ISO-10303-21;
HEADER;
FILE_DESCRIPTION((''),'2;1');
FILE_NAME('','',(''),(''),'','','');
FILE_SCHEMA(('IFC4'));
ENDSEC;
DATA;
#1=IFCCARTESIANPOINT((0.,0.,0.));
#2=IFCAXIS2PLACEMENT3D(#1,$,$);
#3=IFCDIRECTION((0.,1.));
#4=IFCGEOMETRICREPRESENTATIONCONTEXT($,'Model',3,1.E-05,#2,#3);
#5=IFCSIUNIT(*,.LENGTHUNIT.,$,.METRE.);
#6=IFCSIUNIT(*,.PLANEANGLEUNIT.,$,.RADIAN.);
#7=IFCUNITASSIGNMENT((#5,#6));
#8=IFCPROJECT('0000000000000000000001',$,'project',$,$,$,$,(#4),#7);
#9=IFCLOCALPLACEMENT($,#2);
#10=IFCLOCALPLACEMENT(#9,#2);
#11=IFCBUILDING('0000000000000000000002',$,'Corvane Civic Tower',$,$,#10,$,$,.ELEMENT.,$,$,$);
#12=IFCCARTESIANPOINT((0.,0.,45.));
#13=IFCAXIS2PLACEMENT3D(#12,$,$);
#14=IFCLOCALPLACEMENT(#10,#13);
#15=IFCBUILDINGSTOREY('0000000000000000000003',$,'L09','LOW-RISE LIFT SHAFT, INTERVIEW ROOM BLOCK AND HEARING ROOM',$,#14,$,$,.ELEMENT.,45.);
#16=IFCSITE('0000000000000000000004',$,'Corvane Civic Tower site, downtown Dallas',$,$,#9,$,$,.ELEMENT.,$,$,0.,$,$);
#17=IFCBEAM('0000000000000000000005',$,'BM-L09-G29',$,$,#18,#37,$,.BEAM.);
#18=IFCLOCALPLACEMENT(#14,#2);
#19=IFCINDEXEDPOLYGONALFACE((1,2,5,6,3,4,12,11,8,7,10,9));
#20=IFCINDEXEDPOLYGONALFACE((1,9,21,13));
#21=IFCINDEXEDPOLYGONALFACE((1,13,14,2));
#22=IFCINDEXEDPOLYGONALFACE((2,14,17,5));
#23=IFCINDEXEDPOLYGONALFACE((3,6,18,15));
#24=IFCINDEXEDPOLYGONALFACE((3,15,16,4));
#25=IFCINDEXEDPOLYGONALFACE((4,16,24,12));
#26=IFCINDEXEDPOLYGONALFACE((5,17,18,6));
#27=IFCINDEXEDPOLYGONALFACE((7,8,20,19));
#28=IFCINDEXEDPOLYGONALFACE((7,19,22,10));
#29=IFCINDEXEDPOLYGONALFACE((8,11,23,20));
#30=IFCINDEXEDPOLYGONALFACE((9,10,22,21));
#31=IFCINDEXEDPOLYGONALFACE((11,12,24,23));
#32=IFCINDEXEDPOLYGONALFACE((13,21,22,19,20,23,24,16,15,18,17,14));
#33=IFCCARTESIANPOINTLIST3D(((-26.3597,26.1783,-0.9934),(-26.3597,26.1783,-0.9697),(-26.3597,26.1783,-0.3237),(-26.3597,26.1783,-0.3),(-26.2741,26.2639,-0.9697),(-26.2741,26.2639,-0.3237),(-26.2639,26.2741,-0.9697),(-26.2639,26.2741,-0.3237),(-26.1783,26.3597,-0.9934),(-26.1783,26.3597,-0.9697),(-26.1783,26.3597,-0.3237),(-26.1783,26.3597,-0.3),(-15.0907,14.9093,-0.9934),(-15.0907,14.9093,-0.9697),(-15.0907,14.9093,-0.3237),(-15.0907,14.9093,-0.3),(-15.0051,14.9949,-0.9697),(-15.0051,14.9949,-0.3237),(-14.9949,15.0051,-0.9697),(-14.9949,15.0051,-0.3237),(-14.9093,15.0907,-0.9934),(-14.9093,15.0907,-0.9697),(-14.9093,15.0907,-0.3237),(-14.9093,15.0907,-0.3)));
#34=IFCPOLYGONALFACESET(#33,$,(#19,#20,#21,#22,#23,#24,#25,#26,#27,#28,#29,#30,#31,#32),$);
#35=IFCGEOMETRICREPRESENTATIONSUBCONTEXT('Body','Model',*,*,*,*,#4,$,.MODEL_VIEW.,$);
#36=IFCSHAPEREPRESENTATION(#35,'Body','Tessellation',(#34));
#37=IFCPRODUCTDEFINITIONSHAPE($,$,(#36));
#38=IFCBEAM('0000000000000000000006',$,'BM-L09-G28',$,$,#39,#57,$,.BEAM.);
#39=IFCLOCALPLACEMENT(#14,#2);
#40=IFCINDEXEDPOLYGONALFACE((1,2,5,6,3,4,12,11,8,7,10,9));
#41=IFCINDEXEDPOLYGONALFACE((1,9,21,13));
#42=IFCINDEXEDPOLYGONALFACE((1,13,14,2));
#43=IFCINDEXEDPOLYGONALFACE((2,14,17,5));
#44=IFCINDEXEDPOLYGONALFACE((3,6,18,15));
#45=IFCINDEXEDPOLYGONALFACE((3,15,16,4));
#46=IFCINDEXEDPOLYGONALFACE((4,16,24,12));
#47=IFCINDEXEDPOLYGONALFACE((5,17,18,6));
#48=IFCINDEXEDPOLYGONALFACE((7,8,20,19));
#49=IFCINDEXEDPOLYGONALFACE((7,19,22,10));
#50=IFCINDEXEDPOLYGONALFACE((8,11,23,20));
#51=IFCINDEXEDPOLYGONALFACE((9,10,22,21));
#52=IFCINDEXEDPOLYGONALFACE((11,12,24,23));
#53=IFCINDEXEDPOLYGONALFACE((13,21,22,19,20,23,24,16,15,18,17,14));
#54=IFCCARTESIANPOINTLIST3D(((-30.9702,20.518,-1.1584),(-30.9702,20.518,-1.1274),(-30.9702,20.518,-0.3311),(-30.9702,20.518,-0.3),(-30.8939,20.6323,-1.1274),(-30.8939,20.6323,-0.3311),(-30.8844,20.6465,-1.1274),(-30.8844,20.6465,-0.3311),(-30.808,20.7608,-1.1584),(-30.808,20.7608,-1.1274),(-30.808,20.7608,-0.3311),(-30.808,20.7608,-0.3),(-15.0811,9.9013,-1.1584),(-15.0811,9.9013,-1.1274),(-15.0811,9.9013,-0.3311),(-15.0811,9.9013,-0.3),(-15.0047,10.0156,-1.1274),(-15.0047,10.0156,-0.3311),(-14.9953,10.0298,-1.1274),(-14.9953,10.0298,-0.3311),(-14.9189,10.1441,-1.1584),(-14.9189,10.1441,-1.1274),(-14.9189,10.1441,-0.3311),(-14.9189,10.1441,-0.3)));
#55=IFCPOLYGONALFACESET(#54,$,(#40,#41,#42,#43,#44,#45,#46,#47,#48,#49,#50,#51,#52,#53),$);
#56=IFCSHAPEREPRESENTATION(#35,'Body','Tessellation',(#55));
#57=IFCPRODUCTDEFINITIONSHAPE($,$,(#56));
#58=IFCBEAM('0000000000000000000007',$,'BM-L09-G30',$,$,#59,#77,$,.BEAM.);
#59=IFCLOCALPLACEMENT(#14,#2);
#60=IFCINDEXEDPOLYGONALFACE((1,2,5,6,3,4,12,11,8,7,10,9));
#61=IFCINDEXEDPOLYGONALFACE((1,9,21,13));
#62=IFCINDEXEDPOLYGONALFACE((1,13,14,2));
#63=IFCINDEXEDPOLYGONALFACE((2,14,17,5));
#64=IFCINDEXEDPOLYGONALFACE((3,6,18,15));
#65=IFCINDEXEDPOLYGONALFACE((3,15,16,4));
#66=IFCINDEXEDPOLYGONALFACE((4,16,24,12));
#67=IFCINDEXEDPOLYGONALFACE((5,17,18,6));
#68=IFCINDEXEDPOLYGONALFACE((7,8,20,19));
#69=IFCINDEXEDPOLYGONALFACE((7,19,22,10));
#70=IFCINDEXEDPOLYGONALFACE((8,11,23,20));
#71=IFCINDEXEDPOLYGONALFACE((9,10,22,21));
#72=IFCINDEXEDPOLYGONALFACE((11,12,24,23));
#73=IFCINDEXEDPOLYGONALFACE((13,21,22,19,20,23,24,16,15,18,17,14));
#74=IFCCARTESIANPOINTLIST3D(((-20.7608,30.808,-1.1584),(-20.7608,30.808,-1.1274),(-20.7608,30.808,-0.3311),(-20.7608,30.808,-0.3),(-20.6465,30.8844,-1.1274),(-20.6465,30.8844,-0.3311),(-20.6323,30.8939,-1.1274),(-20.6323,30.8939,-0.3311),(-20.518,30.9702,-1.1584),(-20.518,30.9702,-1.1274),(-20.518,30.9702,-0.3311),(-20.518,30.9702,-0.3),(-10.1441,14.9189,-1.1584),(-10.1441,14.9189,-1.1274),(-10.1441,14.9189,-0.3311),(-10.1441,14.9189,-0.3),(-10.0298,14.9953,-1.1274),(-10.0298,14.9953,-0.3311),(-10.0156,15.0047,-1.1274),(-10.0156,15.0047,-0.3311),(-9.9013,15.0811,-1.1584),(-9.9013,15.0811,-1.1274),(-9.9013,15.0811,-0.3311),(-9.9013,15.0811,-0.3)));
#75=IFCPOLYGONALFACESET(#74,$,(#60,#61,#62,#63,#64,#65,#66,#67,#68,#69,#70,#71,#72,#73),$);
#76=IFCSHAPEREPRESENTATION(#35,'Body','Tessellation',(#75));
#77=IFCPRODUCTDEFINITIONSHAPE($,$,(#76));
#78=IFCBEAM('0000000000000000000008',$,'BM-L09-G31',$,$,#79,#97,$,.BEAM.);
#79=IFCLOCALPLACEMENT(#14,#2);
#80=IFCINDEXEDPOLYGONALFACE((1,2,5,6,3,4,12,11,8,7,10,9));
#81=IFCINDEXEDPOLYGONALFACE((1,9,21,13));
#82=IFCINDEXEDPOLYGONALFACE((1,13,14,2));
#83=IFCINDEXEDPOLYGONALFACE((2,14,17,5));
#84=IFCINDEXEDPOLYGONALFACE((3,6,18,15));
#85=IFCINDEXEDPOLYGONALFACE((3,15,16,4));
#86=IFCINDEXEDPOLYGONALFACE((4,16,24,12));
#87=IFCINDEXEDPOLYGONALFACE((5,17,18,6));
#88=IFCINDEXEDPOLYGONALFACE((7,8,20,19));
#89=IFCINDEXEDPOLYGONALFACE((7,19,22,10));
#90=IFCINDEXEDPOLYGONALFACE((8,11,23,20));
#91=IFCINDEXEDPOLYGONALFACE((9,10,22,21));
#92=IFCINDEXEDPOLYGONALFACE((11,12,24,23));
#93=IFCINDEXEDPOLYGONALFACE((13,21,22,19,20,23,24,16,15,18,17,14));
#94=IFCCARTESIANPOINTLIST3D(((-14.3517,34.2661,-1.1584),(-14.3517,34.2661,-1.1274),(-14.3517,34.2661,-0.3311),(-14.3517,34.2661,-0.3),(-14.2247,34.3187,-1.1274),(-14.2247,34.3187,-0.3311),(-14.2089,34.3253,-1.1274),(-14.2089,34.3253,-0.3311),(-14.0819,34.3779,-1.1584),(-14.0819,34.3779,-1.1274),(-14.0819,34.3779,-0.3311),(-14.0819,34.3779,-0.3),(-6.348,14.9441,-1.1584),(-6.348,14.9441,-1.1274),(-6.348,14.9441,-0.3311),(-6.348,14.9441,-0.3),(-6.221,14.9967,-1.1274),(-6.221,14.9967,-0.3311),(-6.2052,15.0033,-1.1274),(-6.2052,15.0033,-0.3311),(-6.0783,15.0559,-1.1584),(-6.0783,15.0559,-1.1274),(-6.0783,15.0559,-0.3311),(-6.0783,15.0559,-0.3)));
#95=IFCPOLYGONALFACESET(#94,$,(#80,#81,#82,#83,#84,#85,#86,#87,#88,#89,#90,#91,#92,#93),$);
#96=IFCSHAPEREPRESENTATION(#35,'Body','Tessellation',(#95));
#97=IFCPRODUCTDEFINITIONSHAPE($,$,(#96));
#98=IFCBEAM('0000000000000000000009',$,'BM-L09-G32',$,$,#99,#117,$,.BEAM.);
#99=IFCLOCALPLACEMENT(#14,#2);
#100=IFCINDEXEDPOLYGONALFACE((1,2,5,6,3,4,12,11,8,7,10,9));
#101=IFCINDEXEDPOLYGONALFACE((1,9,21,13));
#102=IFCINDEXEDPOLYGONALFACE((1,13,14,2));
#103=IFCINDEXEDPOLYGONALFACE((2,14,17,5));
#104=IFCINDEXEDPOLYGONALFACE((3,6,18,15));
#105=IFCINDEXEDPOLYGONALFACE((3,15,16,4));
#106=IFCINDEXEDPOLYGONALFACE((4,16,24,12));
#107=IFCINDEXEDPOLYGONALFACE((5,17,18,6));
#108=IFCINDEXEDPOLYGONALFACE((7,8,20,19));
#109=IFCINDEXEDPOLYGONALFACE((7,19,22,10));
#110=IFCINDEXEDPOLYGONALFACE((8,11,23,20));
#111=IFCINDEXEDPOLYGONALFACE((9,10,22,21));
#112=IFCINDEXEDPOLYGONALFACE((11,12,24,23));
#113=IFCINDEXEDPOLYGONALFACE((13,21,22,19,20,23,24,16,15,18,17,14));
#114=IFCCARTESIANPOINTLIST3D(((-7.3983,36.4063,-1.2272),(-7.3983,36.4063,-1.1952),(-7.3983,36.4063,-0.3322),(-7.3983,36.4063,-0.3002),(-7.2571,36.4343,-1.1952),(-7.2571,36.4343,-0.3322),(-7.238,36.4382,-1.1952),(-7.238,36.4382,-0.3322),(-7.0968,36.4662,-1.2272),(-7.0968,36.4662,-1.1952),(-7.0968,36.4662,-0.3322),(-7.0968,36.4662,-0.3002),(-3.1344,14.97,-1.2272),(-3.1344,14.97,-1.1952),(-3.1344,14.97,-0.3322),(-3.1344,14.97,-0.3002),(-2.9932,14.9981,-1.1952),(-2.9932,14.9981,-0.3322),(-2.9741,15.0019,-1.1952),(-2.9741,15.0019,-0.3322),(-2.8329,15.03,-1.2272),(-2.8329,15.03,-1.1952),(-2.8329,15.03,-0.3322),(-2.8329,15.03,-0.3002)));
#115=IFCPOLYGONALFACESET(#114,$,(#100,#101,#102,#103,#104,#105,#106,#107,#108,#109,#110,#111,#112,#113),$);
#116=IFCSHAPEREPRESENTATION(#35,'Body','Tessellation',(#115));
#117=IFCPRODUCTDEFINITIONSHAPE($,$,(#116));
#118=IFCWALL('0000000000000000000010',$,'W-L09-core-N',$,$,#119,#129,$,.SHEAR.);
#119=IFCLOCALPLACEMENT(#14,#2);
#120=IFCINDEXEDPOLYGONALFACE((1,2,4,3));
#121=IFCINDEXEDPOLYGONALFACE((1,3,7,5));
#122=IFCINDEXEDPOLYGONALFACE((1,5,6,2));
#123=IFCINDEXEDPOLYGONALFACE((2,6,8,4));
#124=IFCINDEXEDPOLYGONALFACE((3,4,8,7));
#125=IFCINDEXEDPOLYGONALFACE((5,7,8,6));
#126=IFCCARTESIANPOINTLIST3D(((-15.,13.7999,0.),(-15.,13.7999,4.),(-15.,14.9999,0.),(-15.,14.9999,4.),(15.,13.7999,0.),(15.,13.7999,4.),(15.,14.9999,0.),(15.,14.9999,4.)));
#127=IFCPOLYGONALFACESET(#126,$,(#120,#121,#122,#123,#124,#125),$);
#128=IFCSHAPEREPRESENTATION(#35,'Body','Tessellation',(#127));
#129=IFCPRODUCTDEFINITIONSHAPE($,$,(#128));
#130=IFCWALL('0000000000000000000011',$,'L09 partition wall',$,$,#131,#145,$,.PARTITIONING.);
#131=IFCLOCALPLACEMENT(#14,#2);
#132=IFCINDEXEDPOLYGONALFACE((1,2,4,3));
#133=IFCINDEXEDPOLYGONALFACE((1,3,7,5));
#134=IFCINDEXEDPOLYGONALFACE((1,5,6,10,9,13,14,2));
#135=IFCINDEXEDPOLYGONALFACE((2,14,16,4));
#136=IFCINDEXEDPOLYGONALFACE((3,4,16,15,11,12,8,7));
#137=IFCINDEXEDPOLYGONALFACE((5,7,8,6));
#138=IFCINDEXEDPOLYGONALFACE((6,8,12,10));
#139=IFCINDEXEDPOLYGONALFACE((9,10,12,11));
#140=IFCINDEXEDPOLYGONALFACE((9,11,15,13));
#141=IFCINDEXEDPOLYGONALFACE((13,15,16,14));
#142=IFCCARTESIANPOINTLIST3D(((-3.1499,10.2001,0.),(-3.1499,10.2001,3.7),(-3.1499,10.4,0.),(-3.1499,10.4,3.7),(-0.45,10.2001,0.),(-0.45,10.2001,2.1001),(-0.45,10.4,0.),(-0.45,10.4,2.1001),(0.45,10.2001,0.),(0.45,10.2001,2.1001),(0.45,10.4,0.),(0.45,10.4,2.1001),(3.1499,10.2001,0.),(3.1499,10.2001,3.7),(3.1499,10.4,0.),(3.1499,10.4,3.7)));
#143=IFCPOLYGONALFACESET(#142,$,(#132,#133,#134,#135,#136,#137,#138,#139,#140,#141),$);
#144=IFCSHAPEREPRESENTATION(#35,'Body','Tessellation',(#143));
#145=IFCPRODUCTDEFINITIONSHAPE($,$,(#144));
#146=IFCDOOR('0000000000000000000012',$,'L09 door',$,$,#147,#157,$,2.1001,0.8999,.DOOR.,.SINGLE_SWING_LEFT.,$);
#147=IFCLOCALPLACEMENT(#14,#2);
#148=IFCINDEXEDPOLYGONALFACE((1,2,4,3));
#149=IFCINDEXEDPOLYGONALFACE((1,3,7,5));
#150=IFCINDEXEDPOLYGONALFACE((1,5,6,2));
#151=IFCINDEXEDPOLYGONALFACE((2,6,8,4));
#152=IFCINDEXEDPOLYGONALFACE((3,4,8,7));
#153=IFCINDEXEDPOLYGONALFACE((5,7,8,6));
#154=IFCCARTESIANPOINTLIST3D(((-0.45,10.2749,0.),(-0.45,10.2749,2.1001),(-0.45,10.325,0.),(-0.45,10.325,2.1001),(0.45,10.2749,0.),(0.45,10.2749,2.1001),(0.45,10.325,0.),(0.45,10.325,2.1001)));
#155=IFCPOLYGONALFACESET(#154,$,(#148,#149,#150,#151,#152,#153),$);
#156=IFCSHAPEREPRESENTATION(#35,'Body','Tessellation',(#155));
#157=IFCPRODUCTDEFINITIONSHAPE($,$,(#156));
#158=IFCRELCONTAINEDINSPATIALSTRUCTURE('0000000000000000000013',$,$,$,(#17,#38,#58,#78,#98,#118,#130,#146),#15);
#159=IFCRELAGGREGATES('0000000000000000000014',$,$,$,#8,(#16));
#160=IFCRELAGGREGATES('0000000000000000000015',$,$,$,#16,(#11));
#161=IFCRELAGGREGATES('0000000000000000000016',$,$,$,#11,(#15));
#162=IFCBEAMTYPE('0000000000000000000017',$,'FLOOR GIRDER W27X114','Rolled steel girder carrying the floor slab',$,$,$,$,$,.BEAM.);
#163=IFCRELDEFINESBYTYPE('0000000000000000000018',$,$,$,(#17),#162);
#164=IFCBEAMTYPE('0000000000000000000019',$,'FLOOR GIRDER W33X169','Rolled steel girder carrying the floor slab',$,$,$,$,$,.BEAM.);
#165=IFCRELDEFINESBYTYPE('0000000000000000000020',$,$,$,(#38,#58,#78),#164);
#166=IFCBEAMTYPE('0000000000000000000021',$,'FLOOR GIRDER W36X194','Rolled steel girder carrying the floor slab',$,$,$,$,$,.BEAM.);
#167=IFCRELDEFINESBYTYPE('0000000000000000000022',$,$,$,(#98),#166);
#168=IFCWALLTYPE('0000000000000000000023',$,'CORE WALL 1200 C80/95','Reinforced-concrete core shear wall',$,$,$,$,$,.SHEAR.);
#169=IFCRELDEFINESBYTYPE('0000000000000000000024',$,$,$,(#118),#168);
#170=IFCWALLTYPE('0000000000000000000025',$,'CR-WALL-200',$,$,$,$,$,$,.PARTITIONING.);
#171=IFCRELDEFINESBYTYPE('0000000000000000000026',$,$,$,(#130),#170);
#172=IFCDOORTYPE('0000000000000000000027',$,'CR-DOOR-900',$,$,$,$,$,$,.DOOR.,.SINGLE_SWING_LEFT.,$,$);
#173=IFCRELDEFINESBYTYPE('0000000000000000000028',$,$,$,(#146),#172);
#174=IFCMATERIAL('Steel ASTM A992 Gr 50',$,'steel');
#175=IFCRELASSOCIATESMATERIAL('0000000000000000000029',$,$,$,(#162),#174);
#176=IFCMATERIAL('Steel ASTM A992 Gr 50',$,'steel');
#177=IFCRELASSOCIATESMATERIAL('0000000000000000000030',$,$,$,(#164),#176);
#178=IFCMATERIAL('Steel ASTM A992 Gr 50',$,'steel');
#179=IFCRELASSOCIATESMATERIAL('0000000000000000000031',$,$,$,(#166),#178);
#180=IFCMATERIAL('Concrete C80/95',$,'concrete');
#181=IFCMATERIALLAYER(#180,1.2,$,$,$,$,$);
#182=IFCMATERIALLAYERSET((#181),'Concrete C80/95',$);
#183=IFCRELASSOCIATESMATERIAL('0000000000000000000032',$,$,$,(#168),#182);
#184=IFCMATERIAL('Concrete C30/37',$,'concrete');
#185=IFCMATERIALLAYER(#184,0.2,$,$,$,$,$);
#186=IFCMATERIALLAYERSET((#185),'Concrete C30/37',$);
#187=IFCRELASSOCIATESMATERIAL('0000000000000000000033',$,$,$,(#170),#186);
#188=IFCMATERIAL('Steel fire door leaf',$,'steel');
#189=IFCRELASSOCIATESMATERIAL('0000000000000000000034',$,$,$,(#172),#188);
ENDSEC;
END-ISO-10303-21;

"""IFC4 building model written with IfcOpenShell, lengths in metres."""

from ifc_helpers import new_model, si_unit, direction, frame, frame_2d, origin, origin_2d, place, context, subcontext, project, spatial, rectangle, i_section, extrude, material, layer, layer_set, material_profile, profile_set, type_object, element, fill, save


model = new_model("IFC4")

# Units and contexts
model_context = context("Model", 3, precision=1e-05, world=origin(), true_north=direction((0.0, 1.0)))
body_context = subcontext(model_context, "Body", "Model", "MODEL_VIEW")
ifc_project = project(units=[si_unit("LENGTHUNIT", "METRE"), si_unit("PLANEANGLEUNIT", "RADIAN")], contexts=[model_context])

# Site, building, storey
site_placement = place(None, origin())
site = spatial("IfcSite", under=ifc_project, at=site_placement, Name="Corvane Civic Tower site, downtown Dallas", CompositionType="ELEMENT", RefElevation=0.0)
building_placement = place(site_placement, origin())
building = spatial("IfcBuilding", under=site, at=building_placement, Name="Corvane Civic Tower", CompositionType="ELEMENT")
storey_placement = place(building_placement, frame((0.0, 0.0, 45.0)))
storey = spatial("IfcBuildingStorey", under=building, at=storey_placement, Name="L09", Description="LOW-RISE LIFT SHAFT, INTERVIEW ROOM BLOCK AND HEARING ROOM", CompositionType="ELEMENT", Elevation=45.0)

# Beams
ifc_material_1 = material(Name="Steel ASTM A992 Gr 50", Category="steel")
ifc_material_profile_1 = material_profile(ifc_material_1, i_section(OverallWidth=0.2566, OverallDepth=0.6934, WebThickness=0.0144, FlangeThickness=0.0237, at=origin_2d()), Name="W27X114")
ifc_profile_set_1 = profile_set([ifc_material_profile_1], Name="Steel ASTM A992 Gr 50")
beam_type_1 = type_object("IfcBeamType", Name="FLOOR GIRDER W27X114", Description="Rolled steel girder carrying the floor slab", PredefinedType="BEAM", material=ifc_profile_set_1)
beam_1_placement = place(storey_placement, frame((-15.0, 15.0, -0.6467), z_axis=(-0.707107, 0.707107, 0.0), x_axis=(-0.707107, -0.707107, 0.0)))
element("IfcBeam", 1, at=beam_1_placement, inside=storey, type_object=beam_type_1, Name="BM-L09-G29", PredefinedType="BEAM", context=body_context, shape_type="SweptSolid", body=[
    extrude(i_section(OverallWidth=0.2566, OverallDepth=0.6934, WebThickness=0.0144, FlangeThickness=0.0237, at=origin_2d()), origin(), (0.0, 0.0, 1.0), 15.9368),
])
ifc_material_2 = material(Name="Steel ASTM A992 Gr 50", Category="steel")
ifc_material_profile_2 = material_profile(ifc_material_2, i_section(OverallWidth=0.292, OverallDepth=0.8584, WebThickness=0.0171, FlangeThickness=0.031, at=origin_2d()), Name="W33X169")
ifc_profile_set_2 = profile_set([ifc_material_profile_2], Name="Steel ASTM A992 Gr 50")
beam_type_2 = type_object("IfcBeamType", Name="FLOOR GIRDER W33X169", Description="Rolled steel girder carrying the floor slab", PredefinedType="BEAM", material=ifc_profile_set_2)
for number, where, z_axis, x_axis, name in (
    (2, (-15.0, 10.0227, -0.7292), (-0.831472, 0.555567, 0.0), (-0.555567, -0.831472, 0.0), "BM-L09-G28"),
    (3, (-10.0227, 15.0, -0.7292), (-0.555567, 0.831472, 0.0), (-0.831472, -0.555567, 0.0), "BM-L09-G30"),
):
    element("IfcBeam", number, at=place(storey_placement, frame(where, z_axis=z_axis, x_axis=x_axis)), inside=storey, type_object=beam_type_2, Name=name, PredefinedType="BEAM", context=body_context, shape_type="SweptSolid", body=[
        extrude(i_section(OverallWidth=0.292, OverallDepth=0.8584, WebThickness=0.0171, FlangeThickness=0.031, at=origin_2d()), origin(), (0.0, 0.0, 1.0), 19.1096),
    ])
beam_2_placement = place(storey_placement, frame((-6.2131, 15.0, -0.7292), z_axis=(-0.382692, 0.923876, 0.0), x_axis=(-0.923876, -0.382692, 0.0)))
element("IfcBeam", 4, at=beam_2_placement, inside=storey, type_object=beam_type_2, Name="BM-L09-G31", PredefinedType="BEAM", context=body_context, shape_type="SweptSolid", body=[
    extrude(i_section(OverallWidth=0.292, OverallDepth=0.8584, WebThickness=0.0171, FlangeThickness=0.031, at=origin_2d()), origin(), (0.0, 0.0, 1.0), 20.9141),
])
ifc_material_3 = material(Name="Steel ASTM A992 Gr 50", Category="steel")
ifc_material_profile_3 = material_profile(ifc_material_3, i_section(OverallWidth=0.3074, OverallDepth=0.927, WebThickness=0.0195, FlangeThickness=0.032, at=origin_2d()), Name="W36X194")
ifc_profile_set_3 = profile_set([ifc_material_profile_3], Name="Steel ASTM A992 Gr 50")
beam_type_3 = type_object("IfcBeamType", Name="FLOOR GIRDER W36X194", Description="Rolled steel girder carrying the floor slab", PredefinedType="BEAM", material=ifc_profile_set_3)
beam_3_placement = place(storey_placement, frame((-2.9836, 15.0, -0.7637), z_axis=(-0.195089, 0.980785, 0.0), x_axis=(-0.980785, -0.195089, 0.0)))
element("IfcBeam", 5, at=beam_3_placement, inside=storey, type_object=beam_type_3, Name="BM-L09-G32", PredefinedType="BEAM", context=body_context, shape_type="SweptSolid", body=[
    extrude(i_section(OverallWidth=0.3074, OverallDepth=0.927, WebThickness=0.0195, FlangeThickness=0.032, at=origin_2d()), origin(), (0.0, 0.0, 1.0), 21.8562),
])

# Wall
ifc_material_4 = material(Name="Concrete C80/95", Category="concrete")
ifc_layer_1 = layer(ifc_material_4, 1.2)
ifc_layer_set_1 = layer_set([ifc_layer_1], Name="Concrete C80/95")
wall_type_1 = type_object("IfcWallType", Name="CORE WALL 1200 C80/95", Description="Reinforced-concrete core shear wall", PredefinedType="SHEAR", material=ifc_layer_set_1)
wall_1_placement = place(storey_placement, frame((-15.0, 14.3999, 0.0), z_axis=(0.0, 0.0, 1.0), x_axis=(1.0, 0.0, 0.0)))
element("IfcWall", 6, at=wall_1_placement, inside=storey, type_object=wall_type_1, Name="W-L09-core-N", PredefinedType="SHEAR", context=body_context, shape_type="SweptSolid", body=[
    extrude(rectangle(XDim=30.0, YDim=1.2, at=frame_2d((15.0, 0.0))), origin(), (0.0, 0.0, 1.0), 4.0),
])

# Wall, opening, door
ifc_material_5 = material(Name="Concrete C30/37", Category="concrete")
ifc_layer_2 = layer(ifc_material_5, 0.2)
ifc_layer_set_2 = layer_set([ifc_layer_2], Name="Concrete C30/37")
wall_type_2 = type_object("IfcWallType", Name="CR-WALL-200", PredefinedType="PARTITIONING", material=ifc_layer_set_2)
wall_2_placement = place(storey_placement, frame((-3.1499, 10.3, 0.0), z_axis=(0.0, 0.0, 1.0), x_axis=(1.0, 0.0, 0.0)))
wall_2 = element("IfcWall", 7, at=wall_2_placement, inside=storey, type_object=wall_type_2, Name="L09 partition wall", PredefinedType="PARTITIONING", context=body_context, shape_type="SweptSolid", body=[
    extrude(rectangle(XDim=6.2998, YDim=0.2, at=frame_2d((3.1499, 0.0))), origin(), (0.0, 0.0, 1.0), 3.7),
])
opening_1_placement = place(wall_2_placement, frame((2.7, 0.0, 0.0)))
opening_1 = element("IfcOpeningElement", 8, at=opening_1_placement, cuts=wall_2, PredefinedType="OPENING", context=body_context, shape_type="SweptSolid", body=[
    extrude(rectangle(XDim=0.8999, YDim=2.1001, at=frame_2d((0.45, 1.05))), frame((0.0, 0.1099, 0.0), z_axis=(0.0, -1.0, 0.0), x_axis=(1.0, 0.0, 0.0)), (0.0, 0.0, 1.0), 0.22),
])
ifc_material_6 = material(Name="Steel fire door leaf", Category="steel")
door_type = type_object("IfcDoorType", Name="CR-DOOR-900", OperationType="SINGLE_SWING_LEFT", PredefinedType="DOOR", material=ifc_material_6)
door_1_placement = place(opening_1_placement, origin())
door_1 = element("IfcDoor", 9, at=door_1_placement, inside=storey, type_object=door_type, Name="L09 door", OperationType="SINGLE_SWING_LEFT", OverallHeight=2.1001, OverallWidth=0.8999, PredefinedType="DOOR", context=body_context, shape_type="SweptSolid", body=[
    extrude(rectangle(XDim=0.8999, YDim=2.1001, at=frame_2d((0.45, 1.05))), frame((0.0, 0.0249, 0.0), z_axis=(0.0, -1.0, 0.0), x_axis=(1.0, 0.0, 0.0)), (0.0, 0.0, 1.0), 0.05),
])
fill(opening_1, door_1)

save(model, "model.ifc")
